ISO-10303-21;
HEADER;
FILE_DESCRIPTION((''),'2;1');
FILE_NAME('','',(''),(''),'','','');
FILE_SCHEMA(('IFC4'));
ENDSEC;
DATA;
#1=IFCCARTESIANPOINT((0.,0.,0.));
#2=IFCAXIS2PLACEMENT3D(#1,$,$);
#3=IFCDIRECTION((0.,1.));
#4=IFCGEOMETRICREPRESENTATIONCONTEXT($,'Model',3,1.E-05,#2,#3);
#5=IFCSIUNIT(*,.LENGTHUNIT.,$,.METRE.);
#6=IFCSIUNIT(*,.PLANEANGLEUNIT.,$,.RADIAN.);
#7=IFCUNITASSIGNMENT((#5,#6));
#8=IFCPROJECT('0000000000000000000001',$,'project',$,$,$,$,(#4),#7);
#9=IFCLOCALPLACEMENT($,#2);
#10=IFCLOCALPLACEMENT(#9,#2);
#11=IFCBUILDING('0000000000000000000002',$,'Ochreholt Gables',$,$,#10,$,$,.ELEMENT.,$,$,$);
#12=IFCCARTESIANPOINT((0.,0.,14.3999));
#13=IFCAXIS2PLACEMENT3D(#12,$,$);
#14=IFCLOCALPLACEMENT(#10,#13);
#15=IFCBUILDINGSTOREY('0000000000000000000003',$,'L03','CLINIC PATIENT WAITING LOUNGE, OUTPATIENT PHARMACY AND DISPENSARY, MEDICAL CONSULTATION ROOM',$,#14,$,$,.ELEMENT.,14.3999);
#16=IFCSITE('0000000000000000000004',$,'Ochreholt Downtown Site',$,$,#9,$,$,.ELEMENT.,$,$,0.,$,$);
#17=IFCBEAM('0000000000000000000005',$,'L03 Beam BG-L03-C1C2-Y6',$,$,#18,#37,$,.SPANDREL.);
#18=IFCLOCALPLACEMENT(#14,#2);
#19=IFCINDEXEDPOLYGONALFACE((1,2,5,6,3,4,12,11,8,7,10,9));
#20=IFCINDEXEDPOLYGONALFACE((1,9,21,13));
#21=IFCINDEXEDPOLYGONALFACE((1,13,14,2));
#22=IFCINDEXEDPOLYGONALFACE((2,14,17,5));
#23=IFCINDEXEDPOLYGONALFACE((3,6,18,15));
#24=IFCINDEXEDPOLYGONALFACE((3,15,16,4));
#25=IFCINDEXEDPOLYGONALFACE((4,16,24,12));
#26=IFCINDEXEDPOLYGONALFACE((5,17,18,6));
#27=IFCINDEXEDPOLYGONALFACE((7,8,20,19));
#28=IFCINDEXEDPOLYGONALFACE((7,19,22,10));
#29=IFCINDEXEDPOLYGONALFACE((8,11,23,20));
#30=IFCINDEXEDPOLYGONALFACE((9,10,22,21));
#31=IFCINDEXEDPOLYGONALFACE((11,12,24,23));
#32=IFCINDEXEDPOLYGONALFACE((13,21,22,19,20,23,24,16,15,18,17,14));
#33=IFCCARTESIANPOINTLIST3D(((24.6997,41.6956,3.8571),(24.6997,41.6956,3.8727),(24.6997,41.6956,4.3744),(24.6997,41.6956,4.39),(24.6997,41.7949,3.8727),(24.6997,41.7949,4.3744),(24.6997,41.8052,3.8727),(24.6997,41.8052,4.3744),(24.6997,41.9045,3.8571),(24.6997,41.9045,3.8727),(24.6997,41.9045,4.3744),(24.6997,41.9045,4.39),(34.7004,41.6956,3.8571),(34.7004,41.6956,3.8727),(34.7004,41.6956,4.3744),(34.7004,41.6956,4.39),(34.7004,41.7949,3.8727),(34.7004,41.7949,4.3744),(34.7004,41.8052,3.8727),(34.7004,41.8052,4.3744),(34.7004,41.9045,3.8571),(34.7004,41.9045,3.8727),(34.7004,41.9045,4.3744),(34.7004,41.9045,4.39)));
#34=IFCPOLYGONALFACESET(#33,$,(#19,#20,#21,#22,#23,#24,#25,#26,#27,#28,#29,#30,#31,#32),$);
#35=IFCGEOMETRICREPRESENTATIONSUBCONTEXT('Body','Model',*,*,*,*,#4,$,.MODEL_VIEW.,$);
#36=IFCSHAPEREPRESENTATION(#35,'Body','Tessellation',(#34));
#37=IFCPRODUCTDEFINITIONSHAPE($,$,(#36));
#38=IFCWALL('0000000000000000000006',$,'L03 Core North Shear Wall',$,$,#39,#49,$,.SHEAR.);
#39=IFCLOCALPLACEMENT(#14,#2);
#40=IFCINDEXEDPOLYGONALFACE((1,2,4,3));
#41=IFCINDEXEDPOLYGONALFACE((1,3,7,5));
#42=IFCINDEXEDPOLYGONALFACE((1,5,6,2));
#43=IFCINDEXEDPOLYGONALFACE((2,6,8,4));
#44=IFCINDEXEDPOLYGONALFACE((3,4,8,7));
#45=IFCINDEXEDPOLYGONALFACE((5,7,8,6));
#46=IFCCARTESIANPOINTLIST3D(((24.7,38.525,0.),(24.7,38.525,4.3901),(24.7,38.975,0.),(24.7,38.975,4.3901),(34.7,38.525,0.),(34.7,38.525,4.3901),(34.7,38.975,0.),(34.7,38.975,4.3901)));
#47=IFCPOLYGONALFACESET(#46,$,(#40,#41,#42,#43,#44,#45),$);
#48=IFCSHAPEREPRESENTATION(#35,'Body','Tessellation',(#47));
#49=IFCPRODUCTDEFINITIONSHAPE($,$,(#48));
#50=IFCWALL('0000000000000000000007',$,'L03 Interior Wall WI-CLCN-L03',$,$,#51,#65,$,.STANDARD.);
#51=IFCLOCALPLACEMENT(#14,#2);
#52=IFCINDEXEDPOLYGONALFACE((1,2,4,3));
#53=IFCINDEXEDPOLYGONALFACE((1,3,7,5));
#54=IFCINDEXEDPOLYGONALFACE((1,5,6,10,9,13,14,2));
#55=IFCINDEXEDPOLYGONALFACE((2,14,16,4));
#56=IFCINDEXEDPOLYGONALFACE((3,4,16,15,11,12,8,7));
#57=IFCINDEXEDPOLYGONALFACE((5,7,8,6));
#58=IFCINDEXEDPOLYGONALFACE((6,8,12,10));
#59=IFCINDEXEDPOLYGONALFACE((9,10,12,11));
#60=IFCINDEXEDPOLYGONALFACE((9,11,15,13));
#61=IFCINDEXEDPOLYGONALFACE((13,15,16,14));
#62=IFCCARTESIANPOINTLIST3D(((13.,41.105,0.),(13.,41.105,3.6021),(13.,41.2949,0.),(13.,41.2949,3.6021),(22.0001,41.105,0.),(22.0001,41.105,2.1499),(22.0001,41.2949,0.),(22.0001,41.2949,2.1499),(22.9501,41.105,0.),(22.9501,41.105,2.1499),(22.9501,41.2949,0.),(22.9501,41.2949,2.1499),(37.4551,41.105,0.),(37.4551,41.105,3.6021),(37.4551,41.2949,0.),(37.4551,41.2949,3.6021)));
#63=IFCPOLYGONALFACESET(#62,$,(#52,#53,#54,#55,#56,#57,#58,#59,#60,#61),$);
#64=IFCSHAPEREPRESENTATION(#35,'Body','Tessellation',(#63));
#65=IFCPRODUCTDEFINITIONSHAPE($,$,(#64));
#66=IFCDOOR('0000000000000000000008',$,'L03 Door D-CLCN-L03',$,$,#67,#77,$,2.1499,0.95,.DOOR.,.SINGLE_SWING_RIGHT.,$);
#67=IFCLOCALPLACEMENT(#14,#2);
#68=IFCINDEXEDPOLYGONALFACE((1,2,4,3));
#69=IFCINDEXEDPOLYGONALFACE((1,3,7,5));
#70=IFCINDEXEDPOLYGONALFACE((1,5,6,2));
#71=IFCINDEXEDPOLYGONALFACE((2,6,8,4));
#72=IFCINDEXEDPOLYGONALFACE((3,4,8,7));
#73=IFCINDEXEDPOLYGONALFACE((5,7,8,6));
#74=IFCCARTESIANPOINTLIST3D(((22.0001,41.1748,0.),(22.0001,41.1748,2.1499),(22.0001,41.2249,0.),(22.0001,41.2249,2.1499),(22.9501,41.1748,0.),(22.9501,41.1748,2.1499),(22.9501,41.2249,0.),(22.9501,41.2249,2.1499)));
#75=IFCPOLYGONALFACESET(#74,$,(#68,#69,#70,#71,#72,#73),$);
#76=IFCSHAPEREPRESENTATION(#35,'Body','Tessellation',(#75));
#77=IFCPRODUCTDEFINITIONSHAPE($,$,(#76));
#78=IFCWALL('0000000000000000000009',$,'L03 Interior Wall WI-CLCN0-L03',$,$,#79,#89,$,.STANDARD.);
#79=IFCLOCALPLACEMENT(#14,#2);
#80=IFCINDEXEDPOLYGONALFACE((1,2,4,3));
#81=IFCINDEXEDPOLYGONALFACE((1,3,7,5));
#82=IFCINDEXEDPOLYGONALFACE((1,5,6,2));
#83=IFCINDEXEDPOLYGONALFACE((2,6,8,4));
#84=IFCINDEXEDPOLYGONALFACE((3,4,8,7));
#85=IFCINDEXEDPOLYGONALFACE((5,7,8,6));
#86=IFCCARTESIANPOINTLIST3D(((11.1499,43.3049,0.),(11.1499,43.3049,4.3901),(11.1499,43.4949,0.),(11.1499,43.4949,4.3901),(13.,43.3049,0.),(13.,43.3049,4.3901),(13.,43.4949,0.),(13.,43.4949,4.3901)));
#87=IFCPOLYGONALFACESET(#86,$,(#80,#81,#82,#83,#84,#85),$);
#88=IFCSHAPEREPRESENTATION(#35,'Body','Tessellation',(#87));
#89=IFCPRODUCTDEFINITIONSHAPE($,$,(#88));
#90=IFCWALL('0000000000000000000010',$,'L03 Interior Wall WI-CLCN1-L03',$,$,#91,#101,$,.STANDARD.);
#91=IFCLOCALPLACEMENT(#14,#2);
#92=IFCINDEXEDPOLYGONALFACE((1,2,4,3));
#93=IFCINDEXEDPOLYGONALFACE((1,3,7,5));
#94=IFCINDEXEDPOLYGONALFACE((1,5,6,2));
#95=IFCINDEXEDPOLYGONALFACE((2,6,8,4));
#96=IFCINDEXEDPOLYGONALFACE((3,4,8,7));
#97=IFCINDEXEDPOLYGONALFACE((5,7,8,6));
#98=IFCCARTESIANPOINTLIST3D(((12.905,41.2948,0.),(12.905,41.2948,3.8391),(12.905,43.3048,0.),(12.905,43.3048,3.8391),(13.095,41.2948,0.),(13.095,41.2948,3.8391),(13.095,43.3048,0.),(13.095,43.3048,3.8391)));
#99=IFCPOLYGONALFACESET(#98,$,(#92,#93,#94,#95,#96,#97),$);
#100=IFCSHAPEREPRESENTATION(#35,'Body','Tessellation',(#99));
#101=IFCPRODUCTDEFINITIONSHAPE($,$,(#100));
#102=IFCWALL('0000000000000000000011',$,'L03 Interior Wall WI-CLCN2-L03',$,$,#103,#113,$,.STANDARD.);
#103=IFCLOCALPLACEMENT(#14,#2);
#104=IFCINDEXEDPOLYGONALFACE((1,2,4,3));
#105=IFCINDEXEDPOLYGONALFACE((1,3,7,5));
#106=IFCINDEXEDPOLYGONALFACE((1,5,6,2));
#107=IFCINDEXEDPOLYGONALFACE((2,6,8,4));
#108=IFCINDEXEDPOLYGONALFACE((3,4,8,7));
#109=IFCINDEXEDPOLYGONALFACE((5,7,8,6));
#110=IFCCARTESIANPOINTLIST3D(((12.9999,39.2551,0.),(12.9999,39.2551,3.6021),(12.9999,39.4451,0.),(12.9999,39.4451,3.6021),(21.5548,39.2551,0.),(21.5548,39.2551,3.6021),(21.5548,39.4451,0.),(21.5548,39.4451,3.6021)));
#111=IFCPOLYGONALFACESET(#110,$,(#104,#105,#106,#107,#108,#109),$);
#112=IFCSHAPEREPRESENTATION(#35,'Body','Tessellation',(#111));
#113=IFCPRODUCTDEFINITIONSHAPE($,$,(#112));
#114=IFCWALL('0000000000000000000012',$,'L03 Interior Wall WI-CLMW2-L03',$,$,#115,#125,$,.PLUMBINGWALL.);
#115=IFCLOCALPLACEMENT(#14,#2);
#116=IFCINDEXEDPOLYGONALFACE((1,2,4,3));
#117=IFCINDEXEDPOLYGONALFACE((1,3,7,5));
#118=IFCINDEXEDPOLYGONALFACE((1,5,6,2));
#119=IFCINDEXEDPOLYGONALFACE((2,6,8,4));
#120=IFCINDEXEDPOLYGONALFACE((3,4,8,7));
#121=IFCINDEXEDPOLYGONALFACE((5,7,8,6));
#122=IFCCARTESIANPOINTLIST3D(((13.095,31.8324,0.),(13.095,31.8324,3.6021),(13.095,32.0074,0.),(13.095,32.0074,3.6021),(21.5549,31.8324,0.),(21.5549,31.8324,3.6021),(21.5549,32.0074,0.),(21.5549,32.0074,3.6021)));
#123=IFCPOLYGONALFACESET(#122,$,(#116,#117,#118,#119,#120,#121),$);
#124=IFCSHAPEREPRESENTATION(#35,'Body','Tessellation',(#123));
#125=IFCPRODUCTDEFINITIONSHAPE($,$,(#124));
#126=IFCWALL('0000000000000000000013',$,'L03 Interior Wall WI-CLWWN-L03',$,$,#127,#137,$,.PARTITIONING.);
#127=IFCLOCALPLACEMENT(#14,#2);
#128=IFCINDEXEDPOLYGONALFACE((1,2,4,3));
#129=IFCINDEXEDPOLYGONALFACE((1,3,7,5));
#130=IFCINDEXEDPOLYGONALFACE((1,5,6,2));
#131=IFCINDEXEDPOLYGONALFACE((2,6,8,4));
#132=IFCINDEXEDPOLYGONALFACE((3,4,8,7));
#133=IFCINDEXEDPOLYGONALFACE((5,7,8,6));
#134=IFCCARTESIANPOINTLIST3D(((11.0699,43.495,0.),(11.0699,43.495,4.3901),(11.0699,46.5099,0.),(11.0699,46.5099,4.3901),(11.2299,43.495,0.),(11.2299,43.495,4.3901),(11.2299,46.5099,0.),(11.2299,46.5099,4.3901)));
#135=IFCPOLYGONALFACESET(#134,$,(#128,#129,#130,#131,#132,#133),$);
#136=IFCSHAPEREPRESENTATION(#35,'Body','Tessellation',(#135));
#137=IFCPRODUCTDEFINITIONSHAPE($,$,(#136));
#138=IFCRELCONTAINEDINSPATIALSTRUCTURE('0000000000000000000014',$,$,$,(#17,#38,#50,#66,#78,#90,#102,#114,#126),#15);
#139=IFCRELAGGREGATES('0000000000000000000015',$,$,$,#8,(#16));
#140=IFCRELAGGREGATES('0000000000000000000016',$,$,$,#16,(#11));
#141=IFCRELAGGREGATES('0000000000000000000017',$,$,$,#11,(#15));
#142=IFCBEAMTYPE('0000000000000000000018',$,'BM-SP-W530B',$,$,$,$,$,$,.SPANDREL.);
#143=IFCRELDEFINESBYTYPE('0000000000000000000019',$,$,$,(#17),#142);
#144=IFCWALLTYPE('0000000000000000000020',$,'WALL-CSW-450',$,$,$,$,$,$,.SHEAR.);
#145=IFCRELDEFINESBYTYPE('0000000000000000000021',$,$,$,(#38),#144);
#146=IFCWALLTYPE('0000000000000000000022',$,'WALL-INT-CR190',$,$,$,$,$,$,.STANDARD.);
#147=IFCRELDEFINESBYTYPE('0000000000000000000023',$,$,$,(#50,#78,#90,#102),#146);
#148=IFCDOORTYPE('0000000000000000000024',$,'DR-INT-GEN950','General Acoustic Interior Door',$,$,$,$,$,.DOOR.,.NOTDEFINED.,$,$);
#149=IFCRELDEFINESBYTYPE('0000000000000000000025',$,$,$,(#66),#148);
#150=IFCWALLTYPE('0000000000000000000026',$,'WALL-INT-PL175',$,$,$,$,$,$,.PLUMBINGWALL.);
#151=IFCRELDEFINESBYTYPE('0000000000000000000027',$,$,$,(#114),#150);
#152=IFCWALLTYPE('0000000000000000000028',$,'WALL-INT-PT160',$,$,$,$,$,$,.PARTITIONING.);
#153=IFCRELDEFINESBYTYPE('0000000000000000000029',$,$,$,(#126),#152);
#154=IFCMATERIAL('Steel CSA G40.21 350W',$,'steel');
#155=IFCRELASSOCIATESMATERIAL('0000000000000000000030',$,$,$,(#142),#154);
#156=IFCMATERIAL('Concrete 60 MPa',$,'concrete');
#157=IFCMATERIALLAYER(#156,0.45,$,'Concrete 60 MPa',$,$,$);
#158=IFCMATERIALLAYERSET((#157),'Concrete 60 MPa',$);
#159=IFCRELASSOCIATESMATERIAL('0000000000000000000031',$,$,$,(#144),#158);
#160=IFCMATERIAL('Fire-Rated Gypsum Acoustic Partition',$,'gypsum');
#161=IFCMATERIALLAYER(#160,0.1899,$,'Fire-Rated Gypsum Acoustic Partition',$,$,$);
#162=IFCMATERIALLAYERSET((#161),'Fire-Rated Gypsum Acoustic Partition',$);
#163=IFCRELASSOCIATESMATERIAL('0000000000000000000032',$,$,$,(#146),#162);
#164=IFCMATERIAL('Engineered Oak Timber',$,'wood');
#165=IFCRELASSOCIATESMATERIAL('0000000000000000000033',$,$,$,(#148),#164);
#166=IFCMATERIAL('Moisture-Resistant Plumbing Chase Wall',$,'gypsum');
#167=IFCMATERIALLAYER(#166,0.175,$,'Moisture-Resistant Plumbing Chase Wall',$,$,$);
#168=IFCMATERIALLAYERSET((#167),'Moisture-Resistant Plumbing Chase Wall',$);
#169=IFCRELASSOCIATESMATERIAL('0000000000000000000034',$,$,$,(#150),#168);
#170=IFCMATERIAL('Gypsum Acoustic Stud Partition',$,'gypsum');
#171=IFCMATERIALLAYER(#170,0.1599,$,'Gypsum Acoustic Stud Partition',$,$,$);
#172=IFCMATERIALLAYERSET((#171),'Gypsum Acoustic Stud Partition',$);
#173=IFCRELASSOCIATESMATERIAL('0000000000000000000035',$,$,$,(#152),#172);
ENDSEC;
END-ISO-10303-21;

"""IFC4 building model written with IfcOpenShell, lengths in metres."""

from ifc_helpers import new_model, si_unit, direction, frame, frame_2d, origin, origin_2d, place, context, subcontext, project, spatial, rectangle, i_section, extrude, material, layer, layer_set, material_profile, profile_set, type_object, element, fill, save


model = new_model("IFC4")

# Units and contexts
model_context = context("Model", 3, precision=1e-05, world=origin(), true_north=direction((0.0, 1.0)))
body_context = subcontext(model_context, "Body", "Model", "MODEL_VIEW")
ifc_project = project(units=[si_unit("LENGTHUNIT", "METRE"), si_unit("PLANEANGLEUNIT", "RADIAN")], contexts=[model_context])

# Site, building, storey
site_placement = place(None, origin())
site = spatial("IfcSite", under=ifc_project, at=site_placement, Name="Ochreholt Downtown Site", CompositionType="ELEMENT", RefElevation=0.0)
building_placement = place(site_placement, origin())
building = spatial("IfcBuilding", under=site, at=building_placement, Name="Ochreholt Gables", CompositionType="ELEMENT")
storey_placement = place(building_placement, frame((0.0, 0.0, 14.3999)))
storey = spatial("IfcBuildingStorey", under=building, at=storey_placement, Name="L03", Description="CLINIC PATIENT WAITING LOUNGE, OUTPATIENT PHARMACY AND DISPENSARY, MEDICAL CONSULTATION ROOM", CompositionType="ELEMENT", Elevation=14.3999)

# Shared definitions
ifc_material_1 = material(Name="Concrete 60 MPa", Category="concrete")

# Beam
ifc_material_2 = material(Name="Steel CSA G40.21 350W", Category="steel")
ifc_material_profile_1 = material_profile(ifc_material_2, i_section(OverallWidth=0.209, OverallDepth=0.533, WebThickness=0.0103, FlangeThickness=0.0156, at=origin_2d()), Name="W530X92")
ifc_profile_set_1 = profile_set([ifc_material_profile_1], Name="Steel CSA G40.21 350W")
beam_type_1 = type_object("IfcBeamType", Name="BM-SP-W530B", PredefinedType="SPANDREL", material=ifc_profile_set_1)
beam_1_placement = place(storey_placement, frame((24.6997, 41.8, 4.1235), z_axis=(1.0, 0.0, 0.0), x_axis=(0.0, 1.0, 0.0)))
element("IfcBeam", 1, at=beam_1_placement, inside=storey, type_object=beam_type_1, Name="L03 Beam BG-L03-C1C2-Y6", PredefinedType="SPANDREL", context=body_context, shape_type="SweptSolid", body=[
    extrude(i_section(OverallWidth=0.209, OverallDepth=0.533, WebThickness=0.0103, FlangeThickness=0.0156, at=origin_2d()), origin(), (0.0, 0.0, 1.0), 10.0007),
])

# Wall
ifc_layer_1 = layer(ifc_material_1, 0.45, Name="Concrete 60 MPa")
ifc_layer_set_1 = layer_set([ifc_layer_1], Name="Concrete 60 MPa")
wall_type_1 = type_object("IfcWallType", Name="WALL-CSW-450", PredefinedType="SHEAR", material=ifc_layer_set_1)
wall_1_placement = place(storey_placement, frame((24.7, 38.75, 0.0), z_axis=(0.0, 0.0, 1.0), x_axis=(1.0, 0.0, 0.0)))
element("IfcWall", 2, at=wall_1_placement, inside=storey, type_object=wall_type_1, Name="L03 Core North Shear Wall", PredefinedType="SHEAR", context=body_context, shape_type="SweptSolid", body=[
    extrude(rectangle(XDim=10.0, YDim=0.45, at=frame_2d((5.0, 0.0))), origin(), (0.0, 0.0, 1.0), 4.3901),
])

# Wall, opening, door
ifc_material_3 = material(Name="Fire-Rated Gypsum Acoustic Partition", Category="gypsum")
ifc_layer_2 = layer(ifc_material_3, 0.1899, Name="Fire-Rated Gypsum Acoustic Partition")
ifc_layer_set_2 = layer_set([ifc_layer_2], Name="Fire-Rated Gypsum Acoustic Partition")
wall_type_2 = type_object("IfcWallType", Name="WALL-INT-CR190", PredefinedType="STANDARD", material=ifc_layer_set_2)
wall_2_placement = place(storey_placement, frame((13.0, 41.2, 0.0), z_axis=(0.0, 0.0, 1.0), x_axis=(1.0, 0.0, 0.0)))
wall_2 = element("IfcWall", 3, at=wall_2_placement, inside=storey, type_object=wall_type_2, Name="L03 Interior Wall WI-CLCN-L03", PredefinedType="STANDARD", context=body_context, shape_type="SweptSolid", body=[
    extrude(rectangle(XDim=24.4551, YDim=0.1899, at=frame_2d((12.2275, 0.0))), origin(), (0.0, 0.0, 1.0), 3.6021),
])
opening_placement = place(wall_2_placement, frame((9.0, 0.0, 0.0)))
opening = element("IfcOpeningElement", 4, at=opening_placement, cuts=wall_2, PredefinedType="OPENING", context=body_context, shape_type="SweptSolid", body=[
    extrude(rectangle(XDim=0.95, YDim=2.1499, at=frame_2d((0.4751, 1.075))), frame((0.0, 0.105, 0.0), z_axis=(0.0, -1.0, 0.0), x_axis=(1.0, 0.0, 0.0)), (0.0, 0.0, 1.0), 0.21),
])
ifc_material_4 = material(Name="Engineered Oak Timber", Category="wood")
door_type = type_object("IfcDoorType", Name="DR-INT-GEN950", Description="General Acoustic Interior Door", OperationType="NOTDEFINED", PredefinedType="DOOR", material=ifc_material_4)
door_placement = place(opening_placement, origin())
door = element("IfcDoor", 5, at=door_placement, inside=storey, type_object=door_type, Name="L03 Door D-CLCN-L03", OperationType="SINGLE_SWING_RIGHT", OverallHeight=2.1499, OverallWidth=0.95, PredefinedType="DOOR", context=body_context, shape_type="SweptSolid", body=[
    extrude(rectangle(XDim=0.95, YDim=2.1499, at=frame_2d((0.4751, 1.075))), frame((0.0, 0.0249, 0.0), z_axis=(0.0, -1.0, 0.0), x_axis=(1.0, 0.0, 0.0)), (0.0, 0.0, 1.0), 0.05),
])
fill(opening, door)

# Walls
wall_3_placement = place(storey_placement, frame((11.1499, 43.3999, 0.0), z_axis=(0.0, 0.0, 1.0), x_axis=(1.0, 0.0, 0.0)))
element("IfcWall", 6, at=wall_3_placement, inside=storey, type_object=wall_type_2, Name="L03 Interior Wall WI-CLCN0-L03", PredefinedType="STANDARD", context=body_context, shape_type="SweptSolid", body=[
    extrude(rectangle(XDim=1.8501, YDim=0.1899, at=frame_2d((0.925, 0.0))), origin(), (0.0, 0.0, 1.0), 4.3901),
])
wall_4_placement = place(storey_placement, frame((13.0, 41.2949, 0.0), z_axis=(0.0, 0.0, 1.0), x_axis=(0.0, 1.0, 0.0)))
element("IfcWall", 7, at=wall_4_placement, inside=storey, type_object=wall_type_2, Name="L03 Interior Wall WI-CLCN1-L03", PredefinedType="STANDARD", context=body_context, shape_type="SweptSolid", body=[
    extrude(rectangle(XDim=2.01, YDim=0.1899, at=frame_2d((1.0049, 0.0))), origin(), (0.0, 0.0, 1.0), 3.8391),
])
wall_5_placement = place(storey_placement, frame((13.0, 39.3501, 0.0), z_axis=(0.0, 0.0, 1.0), x_axis=(1.0, 0.0, 0.0)))
element("IfcWall", 8, at=wall_5_placement, inside=storey, type_object=wall_type_2, Name="L03 Interior Wall WI-CLCN2-L03", PredefinedType="STANDARD", context=body_context, shape_type="SweptSolid", body=[
    extrude(rectangle(XDim=8.5549, YDim=0.1899, at=frame_2d((4.2773, 0.0))), origin(), (0.0, 0.0, 1.0), 3.6021),
])
ifc_material_5 = material(Name="Moisture-Resistant Plumbing Chase Wall", Category="gypsum")
ifc_layer_3 = layer(ifc_material_5, 0.175, Name="Moisture-Resistant Plumbing Chase Wall")
ifc_layer_set_3 = layer_set([ifc_layer_3], Name="Moisture-Resistant Plumbing Chase Wall")
wall_type_3 = type_object("IfcWallType", Name="WALL-INT-PL175", PredefinedType="PLUMBINGWALL", material=ifc_layer_set_3)
wall_6_placement = place(storey_placement, frame((13.095, 31.9199, 0.0), z_axis=(0.0, 0.0, 1.0), x_axis=(1.0, 0.0, 0.0)))
element("IfcWall", 9, at=wall_6_placement, inside=storey, type_object=wall_type_3, Name="L03 Interior Wall WI-CLMW2-L03", PredefinedType="PLUMBINGWALL", context=body_context, shape_type="SweptSolid", body=[
    extrude(rectangle(XDim=8.46, YDim=0.175, at=frame_2d((4.23, 0.0))), origin(), (0.0, 0.0, 1.0), 3.6021),
])
ifc_material_6 = material(Name="Gypsum Acoustic Stud Partition", Category="gypsum")
ifc_layer_4 = layer(ifc_material_6, 0.1599, Name="Gypsum Acoustic Stud Partition")
ifc_layer_set_4 = layer_set([ifc_layer_4], Name="Gypsum Acoustic Stud Partition")
wall_type_4 = type_object("IfcWallType", Name="WALL-INT-PT160", PredefinedType="PARTITIONING", material=ifc_layer_set_4)
wall_7_placement = place(storey_placement, frame((11.1499, 43.4951, 0.0), z_axis=(0.0, 0.0, 1.0), x_axis=(0.0, 1.0, 0.0)))
element("IfcWall", 10, at=wall_7_placement, inside=storey, type_object=wall_type_4, Name="L03 Interior Wall WI-CLWWN-L03", PredefinedType="PARTITIONING", context=body_context, shape_type="SweptSolid", body=[
    extrude(rectangle(XDim=3.0149, YDim=0.1599, at=frame_2d((1.5073, 0.0))), origin(), (0.0, 0.0, 1.0), 4.3901),
])

save(model, "model.ifc")
